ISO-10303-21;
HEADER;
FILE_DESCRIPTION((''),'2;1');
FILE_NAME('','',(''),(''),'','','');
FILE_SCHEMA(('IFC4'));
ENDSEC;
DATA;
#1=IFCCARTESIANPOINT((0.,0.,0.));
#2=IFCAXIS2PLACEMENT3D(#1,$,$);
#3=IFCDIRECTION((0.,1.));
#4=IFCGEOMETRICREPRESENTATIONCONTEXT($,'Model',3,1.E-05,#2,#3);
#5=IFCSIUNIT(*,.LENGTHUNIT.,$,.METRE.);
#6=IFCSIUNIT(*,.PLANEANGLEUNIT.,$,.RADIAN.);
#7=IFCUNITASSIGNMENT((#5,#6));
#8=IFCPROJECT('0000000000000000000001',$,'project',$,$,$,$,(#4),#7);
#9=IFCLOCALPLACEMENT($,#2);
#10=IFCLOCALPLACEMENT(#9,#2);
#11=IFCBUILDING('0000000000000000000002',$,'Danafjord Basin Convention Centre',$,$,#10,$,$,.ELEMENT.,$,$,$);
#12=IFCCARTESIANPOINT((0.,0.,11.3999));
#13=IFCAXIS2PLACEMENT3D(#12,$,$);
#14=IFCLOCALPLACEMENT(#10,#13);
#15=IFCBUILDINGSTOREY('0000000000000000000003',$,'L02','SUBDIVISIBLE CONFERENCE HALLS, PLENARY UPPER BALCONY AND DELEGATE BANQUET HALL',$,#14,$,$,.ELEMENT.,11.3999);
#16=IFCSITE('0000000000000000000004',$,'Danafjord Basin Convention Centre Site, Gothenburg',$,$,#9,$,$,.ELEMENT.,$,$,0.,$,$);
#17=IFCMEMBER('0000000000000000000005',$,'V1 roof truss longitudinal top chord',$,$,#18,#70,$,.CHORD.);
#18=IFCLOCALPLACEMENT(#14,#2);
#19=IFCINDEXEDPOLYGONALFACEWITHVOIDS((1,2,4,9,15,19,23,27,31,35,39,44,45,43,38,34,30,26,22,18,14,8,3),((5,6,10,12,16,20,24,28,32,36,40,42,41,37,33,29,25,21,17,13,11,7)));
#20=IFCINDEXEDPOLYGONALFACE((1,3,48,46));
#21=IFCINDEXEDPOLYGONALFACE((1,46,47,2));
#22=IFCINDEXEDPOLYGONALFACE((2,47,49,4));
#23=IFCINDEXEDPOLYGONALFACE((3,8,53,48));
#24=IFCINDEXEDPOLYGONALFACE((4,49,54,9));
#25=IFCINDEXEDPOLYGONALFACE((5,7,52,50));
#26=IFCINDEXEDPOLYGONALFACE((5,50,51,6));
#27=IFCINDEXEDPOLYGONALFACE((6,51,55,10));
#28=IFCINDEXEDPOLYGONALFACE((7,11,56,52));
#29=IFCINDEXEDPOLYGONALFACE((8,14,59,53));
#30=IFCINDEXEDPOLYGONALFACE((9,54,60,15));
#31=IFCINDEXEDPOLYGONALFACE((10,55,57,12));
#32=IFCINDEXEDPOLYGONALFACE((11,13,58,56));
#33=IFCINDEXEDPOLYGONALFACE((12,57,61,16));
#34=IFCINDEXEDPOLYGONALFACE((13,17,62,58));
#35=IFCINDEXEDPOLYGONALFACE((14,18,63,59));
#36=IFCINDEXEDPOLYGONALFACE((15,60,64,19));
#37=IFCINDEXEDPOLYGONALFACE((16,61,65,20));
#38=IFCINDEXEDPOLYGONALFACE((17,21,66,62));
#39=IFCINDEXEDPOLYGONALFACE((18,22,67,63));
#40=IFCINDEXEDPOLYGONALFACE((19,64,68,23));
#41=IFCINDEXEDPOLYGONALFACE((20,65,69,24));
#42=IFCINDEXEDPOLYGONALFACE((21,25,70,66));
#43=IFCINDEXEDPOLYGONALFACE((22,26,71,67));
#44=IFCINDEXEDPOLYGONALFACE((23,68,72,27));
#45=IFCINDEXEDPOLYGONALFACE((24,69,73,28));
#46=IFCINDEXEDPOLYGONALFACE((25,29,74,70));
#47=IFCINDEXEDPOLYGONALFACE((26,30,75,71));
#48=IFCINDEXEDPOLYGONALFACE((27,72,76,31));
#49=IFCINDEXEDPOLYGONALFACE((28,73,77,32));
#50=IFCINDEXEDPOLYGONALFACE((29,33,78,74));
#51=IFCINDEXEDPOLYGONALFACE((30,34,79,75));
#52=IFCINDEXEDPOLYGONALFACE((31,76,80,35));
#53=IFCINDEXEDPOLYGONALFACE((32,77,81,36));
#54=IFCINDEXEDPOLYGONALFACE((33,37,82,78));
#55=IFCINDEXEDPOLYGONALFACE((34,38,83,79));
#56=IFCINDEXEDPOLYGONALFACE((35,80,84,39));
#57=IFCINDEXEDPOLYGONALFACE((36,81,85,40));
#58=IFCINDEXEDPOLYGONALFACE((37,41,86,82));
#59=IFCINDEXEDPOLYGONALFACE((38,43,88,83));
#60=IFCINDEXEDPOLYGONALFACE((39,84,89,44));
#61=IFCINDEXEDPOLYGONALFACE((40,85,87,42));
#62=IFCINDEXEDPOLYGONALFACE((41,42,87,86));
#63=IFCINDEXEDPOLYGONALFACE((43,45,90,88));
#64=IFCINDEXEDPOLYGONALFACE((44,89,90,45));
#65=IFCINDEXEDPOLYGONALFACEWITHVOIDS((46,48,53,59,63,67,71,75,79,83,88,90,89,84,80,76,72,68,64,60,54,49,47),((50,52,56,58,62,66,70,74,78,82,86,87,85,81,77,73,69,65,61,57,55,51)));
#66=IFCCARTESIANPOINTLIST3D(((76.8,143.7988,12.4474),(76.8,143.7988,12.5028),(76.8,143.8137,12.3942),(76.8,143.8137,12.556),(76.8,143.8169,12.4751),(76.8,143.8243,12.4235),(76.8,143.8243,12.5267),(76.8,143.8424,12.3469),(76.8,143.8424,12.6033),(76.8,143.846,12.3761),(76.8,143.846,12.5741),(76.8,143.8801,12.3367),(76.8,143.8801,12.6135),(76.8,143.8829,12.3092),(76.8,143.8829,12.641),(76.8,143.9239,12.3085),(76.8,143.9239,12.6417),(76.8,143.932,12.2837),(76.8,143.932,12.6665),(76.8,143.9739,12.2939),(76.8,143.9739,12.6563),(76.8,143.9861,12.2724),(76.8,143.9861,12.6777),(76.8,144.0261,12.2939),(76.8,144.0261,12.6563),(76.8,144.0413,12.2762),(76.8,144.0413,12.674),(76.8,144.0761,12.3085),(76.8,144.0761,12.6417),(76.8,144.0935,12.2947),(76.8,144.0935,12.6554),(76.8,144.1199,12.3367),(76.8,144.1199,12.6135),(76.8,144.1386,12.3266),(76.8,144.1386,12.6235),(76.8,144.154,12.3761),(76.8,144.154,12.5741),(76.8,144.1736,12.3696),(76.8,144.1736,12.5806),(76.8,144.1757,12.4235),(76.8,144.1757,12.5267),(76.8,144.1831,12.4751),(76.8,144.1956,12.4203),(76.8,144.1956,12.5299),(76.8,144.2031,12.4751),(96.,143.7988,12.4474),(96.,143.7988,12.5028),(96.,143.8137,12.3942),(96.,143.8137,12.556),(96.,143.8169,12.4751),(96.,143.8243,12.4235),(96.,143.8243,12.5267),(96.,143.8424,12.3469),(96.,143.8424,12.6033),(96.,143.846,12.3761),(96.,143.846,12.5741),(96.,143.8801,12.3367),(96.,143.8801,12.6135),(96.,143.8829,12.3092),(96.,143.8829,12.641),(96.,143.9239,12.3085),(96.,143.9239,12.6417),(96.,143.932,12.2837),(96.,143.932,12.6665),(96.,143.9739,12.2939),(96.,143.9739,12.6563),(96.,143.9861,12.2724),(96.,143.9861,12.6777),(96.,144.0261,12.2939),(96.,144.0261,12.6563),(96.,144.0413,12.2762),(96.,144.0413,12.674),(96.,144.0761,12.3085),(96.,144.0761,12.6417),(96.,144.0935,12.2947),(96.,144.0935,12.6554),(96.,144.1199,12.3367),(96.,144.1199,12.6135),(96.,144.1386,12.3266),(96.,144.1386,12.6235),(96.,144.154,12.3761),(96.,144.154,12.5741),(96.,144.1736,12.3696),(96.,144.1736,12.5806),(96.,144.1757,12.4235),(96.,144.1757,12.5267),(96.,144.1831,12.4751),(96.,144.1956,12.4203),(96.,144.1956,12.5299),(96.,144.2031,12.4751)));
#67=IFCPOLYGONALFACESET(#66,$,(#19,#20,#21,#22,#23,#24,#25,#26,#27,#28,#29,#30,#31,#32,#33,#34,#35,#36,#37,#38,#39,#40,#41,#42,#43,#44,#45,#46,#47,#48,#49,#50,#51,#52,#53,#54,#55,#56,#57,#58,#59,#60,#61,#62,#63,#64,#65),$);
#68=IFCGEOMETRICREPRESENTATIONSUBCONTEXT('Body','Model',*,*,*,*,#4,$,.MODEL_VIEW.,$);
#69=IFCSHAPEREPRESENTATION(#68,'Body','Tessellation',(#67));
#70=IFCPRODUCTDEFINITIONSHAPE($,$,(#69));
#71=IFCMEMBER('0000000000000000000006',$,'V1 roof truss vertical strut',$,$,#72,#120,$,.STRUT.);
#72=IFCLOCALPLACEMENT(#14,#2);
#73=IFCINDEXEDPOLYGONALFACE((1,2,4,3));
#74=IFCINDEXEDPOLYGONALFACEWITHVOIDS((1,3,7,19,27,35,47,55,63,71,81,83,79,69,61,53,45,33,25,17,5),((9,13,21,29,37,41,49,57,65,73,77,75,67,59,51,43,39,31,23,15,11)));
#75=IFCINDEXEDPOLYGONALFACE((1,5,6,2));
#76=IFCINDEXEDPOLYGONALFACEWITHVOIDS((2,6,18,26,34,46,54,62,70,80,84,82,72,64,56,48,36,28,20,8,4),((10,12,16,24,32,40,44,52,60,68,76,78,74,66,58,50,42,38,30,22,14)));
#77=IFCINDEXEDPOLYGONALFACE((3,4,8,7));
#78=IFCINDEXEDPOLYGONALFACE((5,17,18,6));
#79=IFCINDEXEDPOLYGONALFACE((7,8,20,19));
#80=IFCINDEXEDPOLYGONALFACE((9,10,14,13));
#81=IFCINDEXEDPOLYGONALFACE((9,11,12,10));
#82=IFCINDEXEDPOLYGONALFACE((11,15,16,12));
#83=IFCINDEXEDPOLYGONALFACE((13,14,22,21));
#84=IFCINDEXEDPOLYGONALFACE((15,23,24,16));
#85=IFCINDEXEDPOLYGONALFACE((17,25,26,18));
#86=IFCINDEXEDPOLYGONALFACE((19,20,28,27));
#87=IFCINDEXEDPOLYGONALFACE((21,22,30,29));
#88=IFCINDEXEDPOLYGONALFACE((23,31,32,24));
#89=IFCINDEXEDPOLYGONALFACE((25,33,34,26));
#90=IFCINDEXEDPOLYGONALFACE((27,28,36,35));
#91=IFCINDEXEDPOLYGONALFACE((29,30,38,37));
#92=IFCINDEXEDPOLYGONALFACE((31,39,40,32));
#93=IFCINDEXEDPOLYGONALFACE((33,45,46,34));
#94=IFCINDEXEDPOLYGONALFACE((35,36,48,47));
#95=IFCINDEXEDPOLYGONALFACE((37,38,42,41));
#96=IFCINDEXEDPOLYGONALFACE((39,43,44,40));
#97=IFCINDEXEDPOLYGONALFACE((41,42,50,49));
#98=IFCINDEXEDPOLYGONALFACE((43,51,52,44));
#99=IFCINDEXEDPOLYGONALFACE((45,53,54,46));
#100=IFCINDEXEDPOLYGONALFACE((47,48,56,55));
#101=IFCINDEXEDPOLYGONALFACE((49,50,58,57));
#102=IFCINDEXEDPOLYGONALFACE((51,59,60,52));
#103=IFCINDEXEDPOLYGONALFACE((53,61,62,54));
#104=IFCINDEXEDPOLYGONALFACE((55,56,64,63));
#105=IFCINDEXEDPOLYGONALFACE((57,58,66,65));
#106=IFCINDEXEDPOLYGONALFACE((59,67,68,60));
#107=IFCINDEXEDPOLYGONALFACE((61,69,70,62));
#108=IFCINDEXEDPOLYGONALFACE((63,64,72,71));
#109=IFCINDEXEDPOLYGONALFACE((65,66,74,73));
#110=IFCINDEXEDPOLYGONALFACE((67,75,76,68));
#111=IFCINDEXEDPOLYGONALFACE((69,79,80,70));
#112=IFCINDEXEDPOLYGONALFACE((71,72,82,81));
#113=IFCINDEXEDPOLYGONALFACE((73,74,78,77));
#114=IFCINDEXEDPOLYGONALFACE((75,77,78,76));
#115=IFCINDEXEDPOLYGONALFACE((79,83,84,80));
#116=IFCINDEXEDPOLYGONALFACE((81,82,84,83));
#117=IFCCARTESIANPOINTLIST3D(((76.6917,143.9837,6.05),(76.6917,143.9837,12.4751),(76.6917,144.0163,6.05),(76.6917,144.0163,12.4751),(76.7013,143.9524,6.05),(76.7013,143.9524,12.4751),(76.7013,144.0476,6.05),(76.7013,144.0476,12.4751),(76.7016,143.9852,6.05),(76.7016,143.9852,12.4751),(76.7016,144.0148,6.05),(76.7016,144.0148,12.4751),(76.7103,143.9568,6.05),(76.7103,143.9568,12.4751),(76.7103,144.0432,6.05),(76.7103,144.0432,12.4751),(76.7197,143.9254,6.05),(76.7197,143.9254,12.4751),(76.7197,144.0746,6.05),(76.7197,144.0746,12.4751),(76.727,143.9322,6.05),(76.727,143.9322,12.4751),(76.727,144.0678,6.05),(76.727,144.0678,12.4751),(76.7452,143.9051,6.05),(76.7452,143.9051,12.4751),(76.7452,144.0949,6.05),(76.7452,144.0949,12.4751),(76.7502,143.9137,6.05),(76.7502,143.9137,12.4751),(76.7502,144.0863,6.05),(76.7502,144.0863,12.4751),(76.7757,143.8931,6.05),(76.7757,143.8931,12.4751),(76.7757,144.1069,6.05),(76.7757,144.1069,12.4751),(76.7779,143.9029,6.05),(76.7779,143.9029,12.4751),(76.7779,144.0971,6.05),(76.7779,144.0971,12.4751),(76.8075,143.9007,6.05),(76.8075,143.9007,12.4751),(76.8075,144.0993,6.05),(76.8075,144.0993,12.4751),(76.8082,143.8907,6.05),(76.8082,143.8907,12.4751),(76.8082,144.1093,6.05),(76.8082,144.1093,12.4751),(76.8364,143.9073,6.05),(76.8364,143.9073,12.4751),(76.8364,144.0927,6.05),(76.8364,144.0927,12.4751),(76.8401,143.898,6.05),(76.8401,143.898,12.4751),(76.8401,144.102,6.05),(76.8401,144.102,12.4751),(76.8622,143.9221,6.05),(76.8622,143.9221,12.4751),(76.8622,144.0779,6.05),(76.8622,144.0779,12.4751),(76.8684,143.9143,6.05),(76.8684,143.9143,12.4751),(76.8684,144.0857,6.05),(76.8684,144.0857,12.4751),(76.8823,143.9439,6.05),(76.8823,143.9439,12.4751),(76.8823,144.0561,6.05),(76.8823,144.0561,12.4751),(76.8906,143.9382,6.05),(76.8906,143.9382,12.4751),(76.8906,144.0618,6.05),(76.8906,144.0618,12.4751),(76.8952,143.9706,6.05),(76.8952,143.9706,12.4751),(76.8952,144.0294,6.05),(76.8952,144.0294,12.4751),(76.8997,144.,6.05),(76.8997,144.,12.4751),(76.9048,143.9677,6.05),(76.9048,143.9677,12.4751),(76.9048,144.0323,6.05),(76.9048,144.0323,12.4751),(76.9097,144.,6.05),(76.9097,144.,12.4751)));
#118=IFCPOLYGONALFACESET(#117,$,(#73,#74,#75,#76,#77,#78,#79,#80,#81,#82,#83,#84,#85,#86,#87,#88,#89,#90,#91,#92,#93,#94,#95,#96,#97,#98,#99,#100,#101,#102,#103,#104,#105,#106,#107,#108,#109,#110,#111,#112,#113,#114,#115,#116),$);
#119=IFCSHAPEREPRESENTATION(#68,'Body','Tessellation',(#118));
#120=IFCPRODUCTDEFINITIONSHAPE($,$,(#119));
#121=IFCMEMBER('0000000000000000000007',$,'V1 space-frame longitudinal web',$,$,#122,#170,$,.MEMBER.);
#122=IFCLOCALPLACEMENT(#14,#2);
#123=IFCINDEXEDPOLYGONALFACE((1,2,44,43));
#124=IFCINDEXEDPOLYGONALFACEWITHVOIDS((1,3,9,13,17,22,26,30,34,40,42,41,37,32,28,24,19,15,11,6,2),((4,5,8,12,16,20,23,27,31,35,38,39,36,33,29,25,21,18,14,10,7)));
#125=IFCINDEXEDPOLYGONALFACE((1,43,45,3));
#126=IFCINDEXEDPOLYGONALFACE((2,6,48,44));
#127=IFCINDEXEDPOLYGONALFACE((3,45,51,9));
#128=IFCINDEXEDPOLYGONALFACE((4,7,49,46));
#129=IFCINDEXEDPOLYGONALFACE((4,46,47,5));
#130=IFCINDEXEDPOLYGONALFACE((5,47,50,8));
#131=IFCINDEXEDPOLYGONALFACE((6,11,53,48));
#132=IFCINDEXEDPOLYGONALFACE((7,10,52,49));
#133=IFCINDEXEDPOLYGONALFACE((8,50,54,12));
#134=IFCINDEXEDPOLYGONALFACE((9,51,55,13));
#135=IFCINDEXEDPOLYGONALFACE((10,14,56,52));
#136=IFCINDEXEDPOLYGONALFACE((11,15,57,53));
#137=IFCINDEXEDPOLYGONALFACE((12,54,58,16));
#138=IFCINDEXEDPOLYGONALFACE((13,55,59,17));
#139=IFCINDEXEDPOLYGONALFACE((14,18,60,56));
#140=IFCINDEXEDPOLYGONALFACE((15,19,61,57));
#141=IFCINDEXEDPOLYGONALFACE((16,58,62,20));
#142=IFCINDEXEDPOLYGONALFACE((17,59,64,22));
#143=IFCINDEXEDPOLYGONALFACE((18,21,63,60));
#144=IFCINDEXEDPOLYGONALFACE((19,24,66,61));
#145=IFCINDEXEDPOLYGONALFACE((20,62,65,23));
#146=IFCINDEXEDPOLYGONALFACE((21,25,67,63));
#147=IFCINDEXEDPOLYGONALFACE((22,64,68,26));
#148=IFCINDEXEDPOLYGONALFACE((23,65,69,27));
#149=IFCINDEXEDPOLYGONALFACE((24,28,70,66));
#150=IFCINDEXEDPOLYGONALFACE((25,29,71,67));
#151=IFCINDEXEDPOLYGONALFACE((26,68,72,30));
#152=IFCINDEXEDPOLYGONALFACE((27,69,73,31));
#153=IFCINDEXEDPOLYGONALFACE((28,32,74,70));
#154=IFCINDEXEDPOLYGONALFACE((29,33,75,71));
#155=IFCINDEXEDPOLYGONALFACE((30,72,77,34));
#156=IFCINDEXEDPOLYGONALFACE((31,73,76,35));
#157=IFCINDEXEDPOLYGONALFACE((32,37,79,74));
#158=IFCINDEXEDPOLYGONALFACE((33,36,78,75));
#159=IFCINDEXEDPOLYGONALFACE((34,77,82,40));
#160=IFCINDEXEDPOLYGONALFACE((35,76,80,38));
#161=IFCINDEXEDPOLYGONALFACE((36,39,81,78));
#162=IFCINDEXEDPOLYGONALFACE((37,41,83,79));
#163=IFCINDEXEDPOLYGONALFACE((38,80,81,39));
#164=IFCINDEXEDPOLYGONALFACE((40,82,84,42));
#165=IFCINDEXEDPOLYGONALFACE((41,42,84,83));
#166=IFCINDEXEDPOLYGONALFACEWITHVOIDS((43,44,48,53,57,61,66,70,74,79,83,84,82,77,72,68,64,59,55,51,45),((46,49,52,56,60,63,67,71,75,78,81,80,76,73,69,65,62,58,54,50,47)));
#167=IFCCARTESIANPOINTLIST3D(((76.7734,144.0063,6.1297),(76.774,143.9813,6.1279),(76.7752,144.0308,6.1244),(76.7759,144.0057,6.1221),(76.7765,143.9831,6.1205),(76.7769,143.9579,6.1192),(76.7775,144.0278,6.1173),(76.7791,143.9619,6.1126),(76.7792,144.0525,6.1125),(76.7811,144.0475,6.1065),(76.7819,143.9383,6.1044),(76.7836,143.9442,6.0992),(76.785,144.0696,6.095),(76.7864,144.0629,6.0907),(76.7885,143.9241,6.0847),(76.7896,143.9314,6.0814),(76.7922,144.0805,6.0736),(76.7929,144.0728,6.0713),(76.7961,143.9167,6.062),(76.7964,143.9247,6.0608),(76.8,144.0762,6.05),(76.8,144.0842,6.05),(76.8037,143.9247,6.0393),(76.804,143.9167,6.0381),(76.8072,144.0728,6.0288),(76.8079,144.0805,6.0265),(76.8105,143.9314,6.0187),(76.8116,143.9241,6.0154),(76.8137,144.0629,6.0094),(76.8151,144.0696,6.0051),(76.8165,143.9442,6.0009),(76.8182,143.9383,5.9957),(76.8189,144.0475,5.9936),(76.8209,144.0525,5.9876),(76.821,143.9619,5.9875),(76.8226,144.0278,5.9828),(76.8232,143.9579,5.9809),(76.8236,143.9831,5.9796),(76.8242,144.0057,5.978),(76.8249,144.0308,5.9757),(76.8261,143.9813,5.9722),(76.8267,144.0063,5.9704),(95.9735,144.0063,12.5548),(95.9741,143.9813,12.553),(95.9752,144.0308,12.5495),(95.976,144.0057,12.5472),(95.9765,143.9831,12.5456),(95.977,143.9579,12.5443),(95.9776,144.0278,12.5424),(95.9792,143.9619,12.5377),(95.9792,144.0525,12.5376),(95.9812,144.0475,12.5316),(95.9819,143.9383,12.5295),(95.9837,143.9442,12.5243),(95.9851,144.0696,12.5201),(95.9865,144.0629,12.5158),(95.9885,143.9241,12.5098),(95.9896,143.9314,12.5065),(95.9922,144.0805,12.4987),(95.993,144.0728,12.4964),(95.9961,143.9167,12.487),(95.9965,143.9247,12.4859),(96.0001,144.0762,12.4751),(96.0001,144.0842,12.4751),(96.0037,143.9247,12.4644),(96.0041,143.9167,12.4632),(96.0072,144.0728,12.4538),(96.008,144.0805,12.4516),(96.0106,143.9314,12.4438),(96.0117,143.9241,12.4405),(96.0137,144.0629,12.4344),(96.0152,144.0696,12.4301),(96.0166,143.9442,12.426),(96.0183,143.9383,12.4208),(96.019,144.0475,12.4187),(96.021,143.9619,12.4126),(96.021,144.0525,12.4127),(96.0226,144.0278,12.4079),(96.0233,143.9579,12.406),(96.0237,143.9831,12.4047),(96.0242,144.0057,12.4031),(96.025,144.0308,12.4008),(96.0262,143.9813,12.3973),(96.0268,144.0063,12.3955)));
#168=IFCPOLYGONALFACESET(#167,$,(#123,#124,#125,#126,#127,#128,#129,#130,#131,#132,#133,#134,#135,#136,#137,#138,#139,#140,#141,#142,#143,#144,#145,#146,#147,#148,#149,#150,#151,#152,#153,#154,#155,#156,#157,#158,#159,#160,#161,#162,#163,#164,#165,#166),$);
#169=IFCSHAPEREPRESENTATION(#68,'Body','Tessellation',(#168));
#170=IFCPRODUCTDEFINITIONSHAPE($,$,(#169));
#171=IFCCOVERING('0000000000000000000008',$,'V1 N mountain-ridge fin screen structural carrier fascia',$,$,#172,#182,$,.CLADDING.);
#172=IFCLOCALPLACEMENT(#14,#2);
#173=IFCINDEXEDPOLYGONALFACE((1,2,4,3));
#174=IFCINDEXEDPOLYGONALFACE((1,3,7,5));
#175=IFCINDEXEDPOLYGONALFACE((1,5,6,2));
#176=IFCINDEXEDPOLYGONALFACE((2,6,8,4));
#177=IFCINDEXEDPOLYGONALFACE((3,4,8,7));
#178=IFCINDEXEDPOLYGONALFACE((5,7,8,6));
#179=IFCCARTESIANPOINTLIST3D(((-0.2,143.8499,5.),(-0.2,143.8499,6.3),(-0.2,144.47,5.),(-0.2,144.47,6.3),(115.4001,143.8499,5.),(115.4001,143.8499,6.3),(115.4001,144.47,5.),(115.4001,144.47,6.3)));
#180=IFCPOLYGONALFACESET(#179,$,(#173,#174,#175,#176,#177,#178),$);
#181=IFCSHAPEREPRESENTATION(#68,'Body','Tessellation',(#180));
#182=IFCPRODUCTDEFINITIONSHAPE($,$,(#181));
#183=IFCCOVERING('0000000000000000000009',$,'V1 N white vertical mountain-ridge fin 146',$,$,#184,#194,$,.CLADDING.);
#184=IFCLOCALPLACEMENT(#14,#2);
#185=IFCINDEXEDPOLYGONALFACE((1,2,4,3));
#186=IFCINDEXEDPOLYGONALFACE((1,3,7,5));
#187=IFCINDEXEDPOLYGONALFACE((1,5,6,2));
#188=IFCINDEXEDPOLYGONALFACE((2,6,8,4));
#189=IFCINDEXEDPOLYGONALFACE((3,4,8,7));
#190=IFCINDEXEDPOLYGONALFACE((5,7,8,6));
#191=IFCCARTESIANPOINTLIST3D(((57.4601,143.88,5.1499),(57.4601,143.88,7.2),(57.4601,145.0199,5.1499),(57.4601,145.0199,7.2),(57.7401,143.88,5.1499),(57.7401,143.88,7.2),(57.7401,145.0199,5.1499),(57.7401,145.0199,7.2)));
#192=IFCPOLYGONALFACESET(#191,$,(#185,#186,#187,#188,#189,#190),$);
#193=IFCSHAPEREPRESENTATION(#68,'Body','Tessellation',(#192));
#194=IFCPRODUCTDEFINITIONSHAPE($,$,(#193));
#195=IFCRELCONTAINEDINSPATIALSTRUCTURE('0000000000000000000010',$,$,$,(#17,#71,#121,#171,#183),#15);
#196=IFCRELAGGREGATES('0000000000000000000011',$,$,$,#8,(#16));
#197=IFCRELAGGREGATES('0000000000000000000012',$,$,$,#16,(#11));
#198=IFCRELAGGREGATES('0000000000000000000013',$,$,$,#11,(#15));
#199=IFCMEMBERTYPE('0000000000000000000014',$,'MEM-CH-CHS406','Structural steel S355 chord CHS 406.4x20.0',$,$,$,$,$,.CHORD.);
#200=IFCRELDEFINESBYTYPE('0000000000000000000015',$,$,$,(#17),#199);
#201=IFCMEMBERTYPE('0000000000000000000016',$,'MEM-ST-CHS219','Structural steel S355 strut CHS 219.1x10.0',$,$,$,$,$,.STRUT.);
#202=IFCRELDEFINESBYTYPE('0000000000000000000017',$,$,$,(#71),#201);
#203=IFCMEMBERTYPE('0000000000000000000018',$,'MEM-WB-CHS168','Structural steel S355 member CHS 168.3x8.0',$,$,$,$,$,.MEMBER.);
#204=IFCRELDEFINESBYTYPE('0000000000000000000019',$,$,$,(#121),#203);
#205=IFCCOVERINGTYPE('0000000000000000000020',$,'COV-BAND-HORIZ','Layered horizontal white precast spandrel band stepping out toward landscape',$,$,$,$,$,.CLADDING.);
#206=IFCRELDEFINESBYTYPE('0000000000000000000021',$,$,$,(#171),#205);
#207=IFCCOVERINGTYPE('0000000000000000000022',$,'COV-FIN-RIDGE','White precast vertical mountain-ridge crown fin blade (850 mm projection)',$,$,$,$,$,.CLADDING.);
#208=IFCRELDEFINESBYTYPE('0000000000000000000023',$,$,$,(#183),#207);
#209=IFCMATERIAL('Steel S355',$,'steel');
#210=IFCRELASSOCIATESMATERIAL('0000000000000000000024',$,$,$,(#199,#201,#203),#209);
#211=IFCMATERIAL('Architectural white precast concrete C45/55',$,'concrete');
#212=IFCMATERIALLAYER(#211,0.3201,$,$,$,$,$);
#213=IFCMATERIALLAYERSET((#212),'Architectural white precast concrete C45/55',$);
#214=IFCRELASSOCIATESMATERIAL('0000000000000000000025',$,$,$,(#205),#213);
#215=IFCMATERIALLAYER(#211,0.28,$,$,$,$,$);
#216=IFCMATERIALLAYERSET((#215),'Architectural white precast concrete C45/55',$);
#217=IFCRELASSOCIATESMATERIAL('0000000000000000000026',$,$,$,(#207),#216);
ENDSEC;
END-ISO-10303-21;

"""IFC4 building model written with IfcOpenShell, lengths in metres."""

from ifc_helpers import new_model, si_unit, direction, frame, origin, origin_2d, place, context, subcontext, project, spatial, rectangle, hollow_circle, extrude, material, layer, layer_set, material_profile, profile_set, type_object, element, save


model = new_model("IFC4")

# Units and contexts
model_context = context("Model", 3, precision=1e-05, world=origin(), true_north=direction((0.0, 1.0)))
body_context = subcontext(model_context, "Body", "Model", "MODEL_VIEW")
ifc_project = project(units=[si_unit("LENGTHUNIT", "METRE"), si_unit("PLANEANGLEUNIT", "RADIAN")], contexts=[model_context])

# Site, building, storey
site_placement = place(None, origin())
site = spatial("IfcSite", under=ifc_project, at=site_placement, Name="Danafjord Basin Convention Centre Site, Gothenburg", CompositionType="ELEMENT", RefElevation=0.0)
building_placement = place(site_placement, origin())
building = spatial("IfcBuilding", under=site, at=building_placement, Name="Danafjord Basin Convention Centre", CompositionType="ELEMENT")
storey_placement = place(building_placement, frame((0.0, 0.0, 11.3999)))
storey = spatial("IfcBuildingStorey", under=building, at=storey_placement, Name="L02", Description="SUBDIVISIBLE CONFERENCE HALLS, PLENARY UPPER BALCONY AND DELEGATE BANQUET HALL", CompositionType="ELEMENT", Elevation=11.3999)

# Members
ifc_material_1 = material(Name="Steel S355", Category="steel")
ifc_material_profile_1 = material_profile(ifc_material_1, hollow_circle(Radius=0.2031, WallThickness=0.02, at=origin_2d()), Name="CHS 406.4x20.0")
ifc_profile_set_1 = profile_set([ifc_material_profile_1], Name="Steel S355")
member_type_1 = type_object("IfcMemberType", Name="MEM-CH-CHS406", Description="Structural steel S355 chord CHS 406.4x20.0", PredefinedType="CHORD", material=ifc_profile_set_1)
member_1_placement = place(storey_placement, frame((76.8, 144.0, 12.4751), z_axis=(1.0, 0.0, 0.0), x_axis=(0.0, 1.0, 0.0)))
element("IfcMember", 1, at=member_1_placement, inside=storey, type_object=member_type_1, Name="V1 roof truss longitudinal top chord", PredefinedType="CHORD", context=body_context, shape_type="SweptSolid", body=[
    extrude(hollow_circle(Radius=0.2031, WallThickness=0.02, at=origin_2d()), origin(), (0.0, 0.0, 1.0), 19.2),
])
ifc_material_profile_2 = material_profile(ifc_material_1, hollow_circle(Radius=0.1096, WallThickness=0.01, at=origin_2d()), Name="CHS 219.1x10.0")
ifc_profile_set_2 = profile_set([ifc_material_profile_2], Name="Steel S355")
member_type_2 = type_object("IfcMemberType", Name="MEM-ST-CHS219", Description="Structural steel S355 strut CHS 219.1x10.0", PredefinedType="STRUT", material=ifc_profile_set_2)
member_2_placement = place(storey_placement, frame((76.8, 144.0, 6.05), z_axis=(0.0, 0.0, 1.0), x_axis=(1.0, 0.0, 0.0)))
element("IfcMember", 2, at=member_2_placement, inside=storey, type_object=member_type_2, Name="V1 roof truss vertical strut", PredefinedType="STRUT", context=body_context, shape_type="SweptSolid", body=[
    extrude(hollow_circle(Radius=0.1096, WallThickness=0.01, at=origin_2d()), origin(), (0.0, 0.0, 1.0), 6.425),
])
ifc_material_profile_3 = material_profile(ifc_material_1, hollow_circle(Radius=0.0842, WallThickness=0.0081, at=origin_2d()), Name="CHS 168.3x8.0")
ifc_profile_set_3 = profile_set([ifc_material_profile_3], Name="Steel S355")
member_type_3 = type_object("IfcMemberType", Name="MEM-WB-CHS168", Description="Structural steel S355 member CHS 168.3x8.0", PredefinedType="MEMBER", material=ifc_profile_set_3)
member_3_placement = place(storey_placement, frame((76.8, 144.0, 6.05), z_axis=(0.948311, 0.0, 0.317342), x_axis=(0.0, 1.0, 0.0)))
element("IfcMember", 3, at=member_3_placement, inside=storey, type_object=member_type_3, Name="V1 space-frame longitudinal web", PredefinedType="MEMBER", context=body_context, shape_type="SweptSolid", body=[
    extrude(hollow_circle(Radius=0.0842, WallThickness=0.0081, at=origin_2d()), origin(), (0.0, 0.0, 1.0), 20.2466),
])

# Coverings
ifc_material_2 = material(Name="Architectural white precast concrete C45/55", Category="concrete")
ifc_layer_1 = layer(ifc_material_2, 0.3201)
ifc_layer_set_1 = layer_set([ifc_layer_1], Name="Architectural white precast concrete C45/55")
covering_type_1 = type_object("IfcCoveringType", Name="COV-BAND-HORIZ", Description="Layered horizontal white precast spandrel band stepping out toward landscape", PredefinedType="CLADDING", material=ifc_layer_set_1)
covering_1_placement = place(storey_placement, frame((57.6001, 144.1599, 5.0), z_axis=(0.0, 0.0, 1.0), x_axis=(1.0, 0.0, 0.0)))
element("IfcCovering", 4, at=covering_1_placement, inside=storey, type_object=covering_type_1, Name="V1 N mountain-ridge fin screen structural carrier fascia", PredefinedType="CLADDING", context=body_context, shape_type="SweptSolid", body=[
    extrude(rectangle(XDim=115.6001, YDim=0.6201, at=origin_2d()), origin(), (0.0, 0.0, 1.0), 1.3),
])
ifc_layer_2 = layer(ifc_material_2, 0.28)
ifc_layer_set_2 = layer_set([ifc_layer_2], Name="Architectural white precast concrete C45/55")
covering_type_2 = type_object("IfcCoveringType", Name="COV-FIN-RIDGE", Description="White precast vertical mountain-ridge crown fin blade (850 mm projection)", PredefinedType="CLADDING", material=ifc_layer_set_2)
covering_2_placement = place(storey_placement, frame((57.6001, 144.45, 5.1499), z_axis=(0.0, 0.0, 1.0), x_axis=(0.0, 1.0, 0.0)))
element("IfcCovering", 5, at=covering_2_placement, inside=storey, type_object=covering_type_2, Name="V1 N white vertical mountain-ridge fin 146", PredefinedType="CLADDING", context=body_context, shape_type="SweptSolid", body=[
    extrude(rectangle(XDim=1.1399, YDim=0.28, at=origin_2d()), origin(), (0.0, 0.0, 1.0), 2.05),
])

save(model, "model.ifc")
